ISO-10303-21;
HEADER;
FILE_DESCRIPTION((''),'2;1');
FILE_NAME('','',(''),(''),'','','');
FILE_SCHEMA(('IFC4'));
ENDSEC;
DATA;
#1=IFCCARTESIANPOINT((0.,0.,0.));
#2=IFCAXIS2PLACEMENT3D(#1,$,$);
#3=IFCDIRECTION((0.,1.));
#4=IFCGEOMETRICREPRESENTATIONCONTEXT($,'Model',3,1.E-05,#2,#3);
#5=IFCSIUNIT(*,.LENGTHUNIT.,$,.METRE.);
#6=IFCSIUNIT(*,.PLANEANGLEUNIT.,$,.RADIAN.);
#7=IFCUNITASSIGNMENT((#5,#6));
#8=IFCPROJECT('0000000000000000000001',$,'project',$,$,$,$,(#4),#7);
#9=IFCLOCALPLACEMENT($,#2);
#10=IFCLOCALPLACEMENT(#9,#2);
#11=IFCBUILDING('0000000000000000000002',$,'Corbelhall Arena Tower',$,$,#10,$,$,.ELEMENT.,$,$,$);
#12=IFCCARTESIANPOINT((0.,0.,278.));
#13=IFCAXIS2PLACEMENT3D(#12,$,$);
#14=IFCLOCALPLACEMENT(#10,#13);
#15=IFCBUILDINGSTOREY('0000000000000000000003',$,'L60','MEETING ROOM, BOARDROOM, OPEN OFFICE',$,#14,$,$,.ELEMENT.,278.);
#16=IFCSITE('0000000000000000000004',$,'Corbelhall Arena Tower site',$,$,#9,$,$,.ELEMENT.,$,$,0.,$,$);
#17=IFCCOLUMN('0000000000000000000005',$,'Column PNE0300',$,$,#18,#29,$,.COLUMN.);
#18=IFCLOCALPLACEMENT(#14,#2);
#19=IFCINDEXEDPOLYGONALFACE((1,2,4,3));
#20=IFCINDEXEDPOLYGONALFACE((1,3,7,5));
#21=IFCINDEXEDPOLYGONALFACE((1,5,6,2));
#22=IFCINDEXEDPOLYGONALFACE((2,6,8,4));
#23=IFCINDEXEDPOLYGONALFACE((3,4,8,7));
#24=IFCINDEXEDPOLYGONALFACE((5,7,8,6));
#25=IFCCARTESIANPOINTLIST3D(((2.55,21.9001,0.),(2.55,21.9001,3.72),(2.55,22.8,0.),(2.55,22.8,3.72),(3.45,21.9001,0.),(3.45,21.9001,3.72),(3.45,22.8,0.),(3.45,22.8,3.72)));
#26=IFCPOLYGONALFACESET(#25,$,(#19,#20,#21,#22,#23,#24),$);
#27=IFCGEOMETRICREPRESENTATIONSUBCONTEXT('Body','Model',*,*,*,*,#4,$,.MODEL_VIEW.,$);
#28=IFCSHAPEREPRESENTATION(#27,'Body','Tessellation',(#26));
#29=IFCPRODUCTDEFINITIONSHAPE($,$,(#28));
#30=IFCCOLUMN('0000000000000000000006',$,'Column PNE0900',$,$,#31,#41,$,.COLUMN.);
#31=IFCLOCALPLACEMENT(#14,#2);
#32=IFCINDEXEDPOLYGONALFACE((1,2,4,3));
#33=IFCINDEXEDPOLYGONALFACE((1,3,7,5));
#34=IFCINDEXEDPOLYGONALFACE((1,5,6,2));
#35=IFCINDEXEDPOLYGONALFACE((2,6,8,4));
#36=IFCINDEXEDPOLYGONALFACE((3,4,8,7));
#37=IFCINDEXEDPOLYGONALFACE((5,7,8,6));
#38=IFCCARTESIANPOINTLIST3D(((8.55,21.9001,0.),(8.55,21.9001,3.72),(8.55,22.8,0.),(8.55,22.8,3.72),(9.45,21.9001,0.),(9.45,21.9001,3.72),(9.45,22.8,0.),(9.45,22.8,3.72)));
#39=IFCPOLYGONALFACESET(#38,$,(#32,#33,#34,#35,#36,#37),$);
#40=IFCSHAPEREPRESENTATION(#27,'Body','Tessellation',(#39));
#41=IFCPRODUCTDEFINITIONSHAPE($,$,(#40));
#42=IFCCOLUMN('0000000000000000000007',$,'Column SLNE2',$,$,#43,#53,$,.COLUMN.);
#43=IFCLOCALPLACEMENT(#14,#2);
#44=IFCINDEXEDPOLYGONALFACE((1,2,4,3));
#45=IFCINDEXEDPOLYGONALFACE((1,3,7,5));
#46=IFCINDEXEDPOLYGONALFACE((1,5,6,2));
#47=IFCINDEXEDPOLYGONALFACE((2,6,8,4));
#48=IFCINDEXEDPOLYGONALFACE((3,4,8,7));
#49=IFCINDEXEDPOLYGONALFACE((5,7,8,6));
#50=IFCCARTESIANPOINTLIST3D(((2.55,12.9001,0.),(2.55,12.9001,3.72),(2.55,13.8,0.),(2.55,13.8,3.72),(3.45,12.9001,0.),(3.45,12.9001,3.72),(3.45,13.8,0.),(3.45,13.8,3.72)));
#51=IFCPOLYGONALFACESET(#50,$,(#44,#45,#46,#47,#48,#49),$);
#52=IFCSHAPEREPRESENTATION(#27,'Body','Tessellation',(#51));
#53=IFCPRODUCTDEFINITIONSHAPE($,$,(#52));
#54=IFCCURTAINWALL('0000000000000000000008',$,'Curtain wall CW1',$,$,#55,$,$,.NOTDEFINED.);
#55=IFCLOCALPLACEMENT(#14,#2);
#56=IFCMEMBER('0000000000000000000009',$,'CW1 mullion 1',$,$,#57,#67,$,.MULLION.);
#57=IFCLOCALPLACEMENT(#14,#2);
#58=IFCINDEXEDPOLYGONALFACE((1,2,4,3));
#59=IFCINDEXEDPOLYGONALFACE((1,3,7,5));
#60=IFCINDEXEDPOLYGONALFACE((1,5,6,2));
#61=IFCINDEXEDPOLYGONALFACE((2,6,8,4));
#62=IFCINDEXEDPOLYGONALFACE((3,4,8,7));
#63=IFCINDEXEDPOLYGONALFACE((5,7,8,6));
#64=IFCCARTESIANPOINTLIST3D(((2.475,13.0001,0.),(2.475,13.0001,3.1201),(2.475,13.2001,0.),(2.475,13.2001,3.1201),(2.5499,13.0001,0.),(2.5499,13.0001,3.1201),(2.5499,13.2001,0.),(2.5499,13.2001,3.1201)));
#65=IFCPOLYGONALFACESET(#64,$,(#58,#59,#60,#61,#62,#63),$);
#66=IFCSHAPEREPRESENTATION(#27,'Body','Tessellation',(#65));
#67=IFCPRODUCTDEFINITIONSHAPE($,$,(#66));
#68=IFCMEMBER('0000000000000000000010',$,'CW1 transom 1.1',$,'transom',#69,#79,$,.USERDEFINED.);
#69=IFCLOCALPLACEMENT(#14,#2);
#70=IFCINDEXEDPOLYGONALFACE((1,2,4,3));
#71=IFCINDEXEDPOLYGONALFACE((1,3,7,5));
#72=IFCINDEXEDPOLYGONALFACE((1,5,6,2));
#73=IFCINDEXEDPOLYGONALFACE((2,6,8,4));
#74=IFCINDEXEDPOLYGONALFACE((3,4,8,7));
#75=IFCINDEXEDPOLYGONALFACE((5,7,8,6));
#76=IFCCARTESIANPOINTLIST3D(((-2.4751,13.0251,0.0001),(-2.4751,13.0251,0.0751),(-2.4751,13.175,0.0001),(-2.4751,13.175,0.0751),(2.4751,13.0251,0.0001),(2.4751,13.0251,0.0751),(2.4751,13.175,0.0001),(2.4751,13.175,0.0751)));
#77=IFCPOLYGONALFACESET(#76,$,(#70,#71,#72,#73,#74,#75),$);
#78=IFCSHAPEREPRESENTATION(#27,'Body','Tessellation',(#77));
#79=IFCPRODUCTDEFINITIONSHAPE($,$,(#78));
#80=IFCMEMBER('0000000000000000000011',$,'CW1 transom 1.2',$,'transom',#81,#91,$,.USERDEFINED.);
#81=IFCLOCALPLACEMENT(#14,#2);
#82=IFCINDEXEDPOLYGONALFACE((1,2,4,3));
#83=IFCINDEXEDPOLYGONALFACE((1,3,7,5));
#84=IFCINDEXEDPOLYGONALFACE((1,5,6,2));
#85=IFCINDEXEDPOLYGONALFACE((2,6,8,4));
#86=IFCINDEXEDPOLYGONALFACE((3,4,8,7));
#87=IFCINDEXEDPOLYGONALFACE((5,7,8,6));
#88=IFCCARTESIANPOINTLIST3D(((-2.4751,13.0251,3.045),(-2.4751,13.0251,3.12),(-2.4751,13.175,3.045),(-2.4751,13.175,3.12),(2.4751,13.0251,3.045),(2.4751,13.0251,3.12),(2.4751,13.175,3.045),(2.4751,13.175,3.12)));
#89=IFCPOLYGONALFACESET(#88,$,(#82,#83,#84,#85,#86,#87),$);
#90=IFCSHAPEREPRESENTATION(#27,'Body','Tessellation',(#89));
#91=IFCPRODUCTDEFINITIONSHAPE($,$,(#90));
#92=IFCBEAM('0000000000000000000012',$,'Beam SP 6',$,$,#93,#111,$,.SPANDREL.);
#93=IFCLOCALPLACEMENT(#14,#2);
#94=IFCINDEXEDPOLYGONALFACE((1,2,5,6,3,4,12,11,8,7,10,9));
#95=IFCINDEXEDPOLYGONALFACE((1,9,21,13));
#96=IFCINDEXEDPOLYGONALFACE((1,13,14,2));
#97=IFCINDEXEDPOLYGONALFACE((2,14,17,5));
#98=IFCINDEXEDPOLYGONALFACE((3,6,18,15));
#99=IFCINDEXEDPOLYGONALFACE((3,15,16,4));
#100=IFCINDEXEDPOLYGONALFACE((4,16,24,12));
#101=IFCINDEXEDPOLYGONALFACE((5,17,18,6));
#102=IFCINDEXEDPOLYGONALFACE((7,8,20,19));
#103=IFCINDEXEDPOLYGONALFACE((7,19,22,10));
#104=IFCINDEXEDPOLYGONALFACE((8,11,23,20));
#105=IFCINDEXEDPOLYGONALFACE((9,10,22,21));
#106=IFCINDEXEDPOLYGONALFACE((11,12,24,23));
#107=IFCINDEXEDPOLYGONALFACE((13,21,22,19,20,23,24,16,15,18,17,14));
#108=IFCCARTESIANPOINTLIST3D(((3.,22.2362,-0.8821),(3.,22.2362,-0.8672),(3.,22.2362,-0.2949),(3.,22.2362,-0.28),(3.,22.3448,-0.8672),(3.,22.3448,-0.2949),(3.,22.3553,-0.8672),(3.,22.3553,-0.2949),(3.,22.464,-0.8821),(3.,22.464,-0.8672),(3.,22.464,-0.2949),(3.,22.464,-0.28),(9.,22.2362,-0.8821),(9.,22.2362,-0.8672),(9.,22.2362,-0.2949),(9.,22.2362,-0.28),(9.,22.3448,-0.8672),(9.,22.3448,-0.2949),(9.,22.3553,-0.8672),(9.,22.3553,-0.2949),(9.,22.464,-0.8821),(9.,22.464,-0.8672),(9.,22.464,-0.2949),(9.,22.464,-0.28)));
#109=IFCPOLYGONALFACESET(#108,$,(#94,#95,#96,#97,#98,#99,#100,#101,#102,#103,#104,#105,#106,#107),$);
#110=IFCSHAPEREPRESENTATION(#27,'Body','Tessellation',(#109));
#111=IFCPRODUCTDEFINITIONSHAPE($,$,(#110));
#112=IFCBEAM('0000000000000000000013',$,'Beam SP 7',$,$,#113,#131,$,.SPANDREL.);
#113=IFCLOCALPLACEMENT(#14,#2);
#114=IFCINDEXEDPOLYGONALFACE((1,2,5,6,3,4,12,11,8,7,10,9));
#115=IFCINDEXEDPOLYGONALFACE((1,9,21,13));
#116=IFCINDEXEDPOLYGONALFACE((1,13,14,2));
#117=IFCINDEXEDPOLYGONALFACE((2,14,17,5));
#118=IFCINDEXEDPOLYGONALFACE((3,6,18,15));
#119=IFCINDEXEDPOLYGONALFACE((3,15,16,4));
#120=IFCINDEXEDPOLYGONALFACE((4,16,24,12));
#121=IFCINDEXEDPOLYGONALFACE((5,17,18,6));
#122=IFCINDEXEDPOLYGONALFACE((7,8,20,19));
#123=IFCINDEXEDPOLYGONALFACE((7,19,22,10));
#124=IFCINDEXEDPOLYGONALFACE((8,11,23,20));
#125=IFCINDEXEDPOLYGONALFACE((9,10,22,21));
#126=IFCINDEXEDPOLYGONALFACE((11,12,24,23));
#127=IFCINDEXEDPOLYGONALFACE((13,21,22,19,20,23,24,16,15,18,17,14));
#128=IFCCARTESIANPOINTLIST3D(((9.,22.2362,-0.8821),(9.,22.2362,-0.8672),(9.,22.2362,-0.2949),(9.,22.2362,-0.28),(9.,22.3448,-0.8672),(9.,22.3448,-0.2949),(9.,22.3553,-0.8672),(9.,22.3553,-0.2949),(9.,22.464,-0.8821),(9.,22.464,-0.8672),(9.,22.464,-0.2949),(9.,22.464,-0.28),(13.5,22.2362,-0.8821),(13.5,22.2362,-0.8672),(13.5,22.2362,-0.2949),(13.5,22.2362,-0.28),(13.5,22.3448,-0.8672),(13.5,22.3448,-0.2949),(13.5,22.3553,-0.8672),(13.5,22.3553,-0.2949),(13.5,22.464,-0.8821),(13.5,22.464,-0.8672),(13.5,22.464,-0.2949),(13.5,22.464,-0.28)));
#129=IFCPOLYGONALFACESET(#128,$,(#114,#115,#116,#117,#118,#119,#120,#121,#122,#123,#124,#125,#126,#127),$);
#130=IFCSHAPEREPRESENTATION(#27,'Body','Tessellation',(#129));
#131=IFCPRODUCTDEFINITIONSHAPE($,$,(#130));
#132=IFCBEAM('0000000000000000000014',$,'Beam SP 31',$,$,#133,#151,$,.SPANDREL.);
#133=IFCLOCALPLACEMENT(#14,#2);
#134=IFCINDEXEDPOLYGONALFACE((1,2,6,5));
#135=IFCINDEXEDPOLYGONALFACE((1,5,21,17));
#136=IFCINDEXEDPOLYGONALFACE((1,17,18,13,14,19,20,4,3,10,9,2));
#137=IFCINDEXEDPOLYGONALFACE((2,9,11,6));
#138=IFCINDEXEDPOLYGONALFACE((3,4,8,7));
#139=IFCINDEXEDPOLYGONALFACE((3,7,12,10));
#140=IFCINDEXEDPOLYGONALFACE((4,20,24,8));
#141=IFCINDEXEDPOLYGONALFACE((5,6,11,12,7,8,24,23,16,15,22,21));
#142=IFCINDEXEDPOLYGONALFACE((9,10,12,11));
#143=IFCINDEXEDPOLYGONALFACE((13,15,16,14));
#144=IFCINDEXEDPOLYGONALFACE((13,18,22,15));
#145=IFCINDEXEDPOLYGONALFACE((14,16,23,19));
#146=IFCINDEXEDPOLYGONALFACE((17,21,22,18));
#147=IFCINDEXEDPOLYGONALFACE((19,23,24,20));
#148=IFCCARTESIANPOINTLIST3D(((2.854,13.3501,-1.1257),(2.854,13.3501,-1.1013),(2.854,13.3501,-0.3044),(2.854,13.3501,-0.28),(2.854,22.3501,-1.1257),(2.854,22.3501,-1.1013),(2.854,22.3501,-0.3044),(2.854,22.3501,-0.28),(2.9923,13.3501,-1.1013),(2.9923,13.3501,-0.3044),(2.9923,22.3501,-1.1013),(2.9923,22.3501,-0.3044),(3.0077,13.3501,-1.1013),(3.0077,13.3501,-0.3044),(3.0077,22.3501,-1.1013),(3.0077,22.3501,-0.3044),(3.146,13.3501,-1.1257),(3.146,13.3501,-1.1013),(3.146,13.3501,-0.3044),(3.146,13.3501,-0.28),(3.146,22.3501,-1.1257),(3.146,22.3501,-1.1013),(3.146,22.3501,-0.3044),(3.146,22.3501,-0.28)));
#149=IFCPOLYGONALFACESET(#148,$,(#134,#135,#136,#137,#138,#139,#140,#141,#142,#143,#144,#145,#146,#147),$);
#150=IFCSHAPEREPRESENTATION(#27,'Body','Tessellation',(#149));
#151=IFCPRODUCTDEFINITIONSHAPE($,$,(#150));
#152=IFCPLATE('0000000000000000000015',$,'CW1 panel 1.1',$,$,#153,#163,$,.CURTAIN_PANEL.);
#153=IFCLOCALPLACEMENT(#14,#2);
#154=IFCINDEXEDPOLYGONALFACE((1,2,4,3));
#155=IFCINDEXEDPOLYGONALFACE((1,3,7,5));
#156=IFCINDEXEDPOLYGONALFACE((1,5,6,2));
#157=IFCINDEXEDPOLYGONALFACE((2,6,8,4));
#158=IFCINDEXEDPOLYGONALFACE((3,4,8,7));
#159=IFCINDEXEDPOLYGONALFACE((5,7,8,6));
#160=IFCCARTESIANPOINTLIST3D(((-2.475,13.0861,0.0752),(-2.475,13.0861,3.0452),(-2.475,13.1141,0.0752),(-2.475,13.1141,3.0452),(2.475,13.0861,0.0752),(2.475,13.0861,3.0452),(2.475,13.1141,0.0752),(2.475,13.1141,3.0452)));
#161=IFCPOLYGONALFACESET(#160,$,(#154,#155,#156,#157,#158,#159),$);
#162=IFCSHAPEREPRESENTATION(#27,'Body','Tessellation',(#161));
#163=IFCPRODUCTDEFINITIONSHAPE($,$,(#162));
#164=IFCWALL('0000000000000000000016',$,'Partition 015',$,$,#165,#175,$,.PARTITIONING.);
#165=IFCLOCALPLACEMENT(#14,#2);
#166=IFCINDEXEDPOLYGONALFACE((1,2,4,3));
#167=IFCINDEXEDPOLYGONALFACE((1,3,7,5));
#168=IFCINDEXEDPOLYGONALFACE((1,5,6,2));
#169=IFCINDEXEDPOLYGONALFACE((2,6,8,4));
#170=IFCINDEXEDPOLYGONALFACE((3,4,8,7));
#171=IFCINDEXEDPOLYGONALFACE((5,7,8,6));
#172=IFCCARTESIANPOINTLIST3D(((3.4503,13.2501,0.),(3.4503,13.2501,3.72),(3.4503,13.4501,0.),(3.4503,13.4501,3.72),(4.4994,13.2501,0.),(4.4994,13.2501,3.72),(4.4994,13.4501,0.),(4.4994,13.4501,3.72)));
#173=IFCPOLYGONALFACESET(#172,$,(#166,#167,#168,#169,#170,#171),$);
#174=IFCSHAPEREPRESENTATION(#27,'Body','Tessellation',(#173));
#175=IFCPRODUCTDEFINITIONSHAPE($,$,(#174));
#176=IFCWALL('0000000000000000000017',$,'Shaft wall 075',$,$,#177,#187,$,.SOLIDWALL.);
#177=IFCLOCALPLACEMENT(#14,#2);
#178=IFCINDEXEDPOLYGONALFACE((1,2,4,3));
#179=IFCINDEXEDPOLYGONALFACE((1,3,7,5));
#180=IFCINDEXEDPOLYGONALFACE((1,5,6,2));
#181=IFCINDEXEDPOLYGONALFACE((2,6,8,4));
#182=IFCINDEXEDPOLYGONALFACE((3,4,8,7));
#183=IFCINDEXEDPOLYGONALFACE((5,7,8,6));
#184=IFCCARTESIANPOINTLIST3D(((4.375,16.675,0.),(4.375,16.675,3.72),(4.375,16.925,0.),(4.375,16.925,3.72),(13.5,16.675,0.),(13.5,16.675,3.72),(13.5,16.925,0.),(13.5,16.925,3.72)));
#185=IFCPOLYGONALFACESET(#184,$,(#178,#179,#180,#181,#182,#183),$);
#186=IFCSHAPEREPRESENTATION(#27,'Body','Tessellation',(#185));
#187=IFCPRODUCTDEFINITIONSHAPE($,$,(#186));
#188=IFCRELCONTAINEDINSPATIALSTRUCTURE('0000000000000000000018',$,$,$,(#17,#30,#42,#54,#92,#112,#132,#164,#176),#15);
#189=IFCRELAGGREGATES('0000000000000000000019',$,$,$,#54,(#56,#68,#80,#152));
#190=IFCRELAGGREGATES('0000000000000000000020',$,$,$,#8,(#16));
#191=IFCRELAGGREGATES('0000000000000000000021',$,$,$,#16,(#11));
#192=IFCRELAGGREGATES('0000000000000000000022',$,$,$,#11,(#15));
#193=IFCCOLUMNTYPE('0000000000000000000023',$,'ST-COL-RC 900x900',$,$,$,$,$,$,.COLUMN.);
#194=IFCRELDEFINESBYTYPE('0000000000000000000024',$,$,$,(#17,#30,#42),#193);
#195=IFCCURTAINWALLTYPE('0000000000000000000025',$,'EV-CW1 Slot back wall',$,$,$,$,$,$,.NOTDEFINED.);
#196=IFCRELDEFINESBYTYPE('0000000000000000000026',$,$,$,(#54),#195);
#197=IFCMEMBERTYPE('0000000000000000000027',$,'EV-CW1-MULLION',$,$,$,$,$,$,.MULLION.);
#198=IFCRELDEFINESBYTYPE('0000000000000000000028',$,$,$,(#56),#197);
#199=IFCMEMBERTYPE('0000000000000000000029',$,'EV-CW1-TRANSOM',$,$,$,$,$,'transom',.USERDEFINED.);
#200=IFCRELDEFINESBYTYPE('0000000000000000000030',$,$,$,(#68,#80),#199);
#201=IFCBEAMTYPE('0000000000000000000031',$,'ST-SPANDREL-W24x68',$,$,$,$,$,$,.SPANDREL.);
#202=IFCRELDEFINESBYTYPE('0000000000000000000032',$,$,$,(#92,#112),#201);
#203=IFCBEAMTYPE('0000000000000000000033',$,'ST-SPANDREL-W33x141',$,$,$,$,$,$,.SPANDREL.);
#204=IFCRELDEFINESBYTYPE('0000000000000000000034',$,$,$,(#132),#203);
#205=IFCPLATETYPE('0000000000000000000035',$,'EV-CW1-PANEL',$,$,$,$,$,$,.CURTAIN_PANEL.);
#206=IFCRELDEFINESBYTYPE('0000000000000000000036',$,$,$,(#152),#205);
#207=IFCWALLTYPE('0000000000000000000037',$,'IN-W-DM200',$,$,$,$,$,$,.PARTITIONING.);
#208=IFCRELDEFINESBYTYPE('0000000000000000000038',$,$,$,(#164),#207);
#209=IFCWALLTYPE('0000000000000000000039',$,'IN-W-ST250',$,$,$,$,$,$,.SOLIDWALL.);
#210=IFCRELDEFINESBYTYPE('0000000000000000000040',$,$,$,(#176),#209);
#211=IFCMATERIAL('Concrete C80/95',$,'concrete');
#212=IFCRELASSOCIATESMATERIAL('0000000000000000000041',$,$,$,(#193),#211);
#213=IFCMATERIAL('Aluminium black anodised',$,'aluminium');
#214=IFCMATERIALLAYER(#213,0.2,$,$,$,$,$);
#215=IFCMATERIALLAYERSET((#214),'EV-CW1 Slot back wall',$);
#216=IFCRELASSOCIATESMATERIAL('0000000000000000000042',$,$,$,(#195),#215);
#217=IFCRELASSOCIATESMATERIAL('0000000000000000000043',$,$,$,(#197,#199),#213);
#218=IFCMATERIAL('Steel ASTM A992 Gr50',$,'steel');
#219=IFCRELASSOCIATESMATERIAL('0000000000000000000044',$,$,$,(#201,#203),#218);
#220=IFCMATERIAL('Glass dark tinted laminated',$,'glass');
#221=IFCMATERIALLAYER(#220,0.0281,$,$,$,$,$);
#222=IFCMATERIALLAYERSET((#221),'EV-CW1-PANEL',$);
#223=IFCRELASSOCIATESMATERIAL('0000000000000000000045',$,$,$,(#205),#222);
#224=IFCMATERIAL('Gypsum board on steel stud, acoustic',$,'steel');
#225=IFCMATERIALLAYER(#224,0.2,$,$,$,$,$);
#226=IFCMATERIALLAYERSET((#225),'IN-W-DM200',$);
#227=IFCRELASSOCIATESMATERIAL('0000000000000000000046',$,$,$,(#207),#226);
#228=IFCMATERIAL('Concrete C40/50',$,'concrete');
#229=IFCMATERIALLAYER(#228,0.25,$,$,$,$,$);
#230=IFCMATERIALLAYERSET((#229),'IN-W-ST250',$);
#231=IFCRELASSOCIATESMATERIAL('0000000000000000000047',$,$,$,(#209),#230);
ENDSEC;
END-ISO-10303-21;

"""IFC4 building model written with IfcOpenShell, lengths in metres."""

from ifc_helpers import new_model, si_unit, direction, frame, frame_2d, origin, origin_2d, place, context, subcontext, project, spatial, rectangle, i_section, extrude, material, layer, layer_set, material_profile, profile_set, type_object, element, aggregate, save


model = new_model("IFC4")

# Units and contexts
model_context = context("Model", 3, precision=1e-05, world=origin(), true_north=direction((0.0, 1.0)))
body_context = subcontext(model_context, "Body", "Model", "MODEL_VIEW")
ifc_project = project(units=[si_unit("LENGTHUNIT", "METRE"), si_unit("PLANEANGLEUNIT", "RADIAN")], contexts=[model_context])

# Site, building, storey
site_placement = place(None, origin())
site = spatial("IfcSite", under=ifc_project, at=site_placement, Name="Corbelhall Arena Tower site", CompositionType="ELEMENT", RefElevation=0.0)
building_placement = place(site_placement, origin())
building = spatial("IfcBuilding", under=site, at=building_placement, Name="Corbelhall Arena Tower", CompositionType="ELEMENT")
storey_placement = place(building_placement, frame((0.0, 0.0, 278.0)))
storey = spatial("IfcBuildingStorey", under=building, at=storey_placement, Name="L60", Description="MEETING ROOM, BOARDROOM, OPEN OFFICE", CompositionType="ELEMENT", Elevation=278.0)

# Columns
ifc_material_1 = material(Name="Concrete C80/95", Category="concrete")
ifc_material_profile_1 = material_profile(ifc_material_1, rectangle(XDim=0.8999, YDim=0.8999, at=origin_2d()))
ifc_profile_set_1 = profile_set([ifc_material_profile_1], Name="Concrete C80/95")
column_type = type_object("IfcColumnType", Name="ST-COL-RC 900x900", PredefinedType="COLUMN", material=ifc_profile_set_1)
for number, where, z_axis, x_axis, name in (
    (1, (3.0, 22.3501, 0.0), (0.0, 0.0, 1.0), (1.0, 0.0, 0.0), "Column PNE0300"),
    (2, (9.0, 22.3501, 0.0), (0.0, 0.0, 1.0), (1.0, 0.0, 0.0), "Column PNE0900"),
    (3, (3.0, 13.3501, 0.0), (0.0, 0.0, 1.0), (1.0, 0.0, 0.0), "Column SLNE2"),
):
    element("IfcColumn", number, at=place(storey_placement, frame(where, z_axis=z_axis, x_axis=x_axis)), inside=storey, type_object=column_type, Name=name, PredefinedType="COLUMN", context=body_context, shape_type="SweptSolid", body=[
        extrude(rectangle(XDim=0.8999, YDim=0.8999, at=origin_2d()), origin(), (0.0, 0.0, 1.0), 3.72),
    ])

# Curtain wall, members
ifc_material_2 = material(Name="Aluminium black anodised", Category="aluminium")
ifc_layer_1 = layer(ifc_material_2, 0.2)
ifc_layer_set_1 = layer_set([ifc_layer_1], Name="EV-CW1 Slot back wall")
curtain_wall_type = type_object("IfcCurtainWallType", Name="EV-CW1 Slot back wall", PredefinedType="NOTDEFINED", material=ifc_layer_set_1)
curtain_wall_placement = place(storey_placement, origin())
curtain_wall = element("IfcCurtainWall", 4, at=curtain_wall_placement, inside=storey, type_object=curtain_wall_type, Name="Curtain wall CW1", PredefinedType="NOTDEFINED")
ifc_material_profile_2 = material_profile(ifc_material_2, rectangle(XDim=0.2, YDim=0.075, at=origin_2d()))
ifc_profile_set_2 = profile_set([ifc_material_profile_2], Name="Aluminium black anodised")
member_type_1 = type_object("IfcMemberType", Name="EV-CW1-MULLION", PredefinedType="MULLION", material=ifc_profile_set_2)
member_1_placement = place(storey_placement, frame((2.5125, 13.1001, 0.0), z_axis=(0.0, 0.0, 1.0), x_axis=(0.0, -1.0, 0.0)))
member_1 = element("IfcMember", 5, at=member_1_placement, type_object=member_type_1, Name="CW1 mullion 1", PredefinedType="MULLION", context=body_context, shape_type="SweptSolid", body=[
    extrude(rectangle(XDim=0.2, YDim=0.075, at=origin_2d()), origin(), (0.0, 0.0, 1.0), 3.1201),
])
ifc_material_profile_3 = material_profile(ifc_material_2, rectangle(XDim=0.1499, YDim=0.075, at=origin_2d()))
ifc_profile_set_3 = profile_set([ifc_material_profile_3], Name="Aluminium black anodised")
member_type_2 = type_object("IfcMemberType", Name="EV-CW1-TRANSOM", ElementType="transom", PredefinedType="USERDEFINED", material=ifc_profile_set_3)
member_2_placement = place(storey_placement, frame((2.4751, 13.1001, 0.0376), z_axis=(-1.0, 0.0, 0.0), x_axis=(0.0, -1.0, 0.0)))
member_2 = element("IfcMember", 6, at=member_2_placement, type_object=member_type_2, Name="CW1 transom 1.1", ObjectType="transom", PredefinedType="USERDEFINED", context=body_context, shape_type="SweptSolid", body=[
    extrude(rectangle(XDim=0.1499, YDim=0.075, at=origin_2d()), origin(), (0.0, 0.0, 1.0), 4.9502),
])
member_3_placement = place(storey_placement, frame((2.4751, 13.1001, 3.0825), z_axis=(-1.0, 0.0, 0.0), x_axis=(0.0, -1.0, 0.0)))
member_3 = element("IfcMember", 7, at=member_3_placement, type_object=member_type_2, Name="CW1 transom 1.2", ObjectType="transom", PredefinedType="USERDEFINED", context=body_context, shape_type="SweptSolid", body=[
    extrude(rectangle(XDim=0.1499, YDim=0.075, at=origin_2d()), origin(), (0.0, 0.0, 1.0), 4.9502),
])

# Beams
ifc_material_3 = material(Name="Steel ASTM A992 Gr50", Category="steel")
ifc_material_profile_4 = material_profile(ifc_material_3, i_section(OverallWidth=0.2278, OverallDepth=0.6021, WebThickness=0.0105, FlangeThickness=0.0149, at=origin_2d()))
ifc_profile_set_4 = profile_set([ifc_material_profile_4], Name="Steel ASTM A992 Gr50")
beam_type_1 = type_object("IfcBeamType", Name="ST-SPANDREL-W24x68", PredefinedType="SPANDREL", material=ifc_profile_set_4)
beam_1_placement = place(storey_placement, frame((3.0, 22.3501, -0.5811), z_axis=(1.0, 0.0, 0.0), x_axis=(0.0, 1.0, 0.0)))
element("IfcBeam", 8, at=beam_1_placement, inside=storey, type_object=beam_type_1, Name="Beam SP 6", PredefinedType="SPANDREL", context=body_context, shape_type="SweptSolid", body=[
    extrude(i_section(OverallWidth=0.2278, OverallDepth=0.6021, WebThickness=0.0105, FlangeThickness=0.0149, at=origin_2d()), origin(), (0.0, 0.0, 1.0), 6.0),
])
beam_2_placement = place(storey_placement, frame((9.0, 22.3501, -0.5811), z_axis=(1.0, 0.0, 0.0), x_axis=(0.0, 1.0, 0.0)))
element("IfcBeam", 9, at=beam_2_placement, inside=storey, type_object=beam_type_1, Name="Beam SP 7", PredefinedType="SPANDREL", context=body_context, shape_type="SweptSolid", body=[
    extrude(i_section(OverallWidth=0.2278, OverallDepth=0.6021, WebThickness=0.0105, FlangeThickness=0.0149, at=origin_2d()), origin(), (0.0, 0.0, 1.0), 4.5),
])
ifc_material_profile_5 = material_profile(ifc_material_3, i_section(OverallWidth=0.292, OverallDepth=0.8457, WebThickness=0.0154, FlangeThickness=0.0244, at=origin_2d()))
ifc_profile_set_5 = profile_set([ifc_material_profile_5], Name="Steel ASTM A992 Gr50")
beam_type_2 = type_object("IfcBeamType", Name="ST-SPANDREL-W33x141", PredefinedType="SPANDREL", material=ifc_profile_set_5)
beam_3_placement = place(storey_placement, frame((3.0, 13.3501, -0.7029), z_axis=(0.0, 1.0, 0.0), x_axis=(-1.0, 0.0, 0.0)))
element("IfcBeam", 10, at=beam_3_placement, inside=storey, type_object=beam_type_2, Name="Beam SP 31", PredefinedType="SPANDREL", context=body_context, shape_type="SweptSolid", body=[
    extrude(i_section(OverallWidth=0.292, OverallDepth=0.8457, WebThickness=0.0154, FlangeThickness=0.0244, at=origin_2d()), origin(), (0.0, 0.0, 1.0), 9.0),
])

# Plate
ifc_material_4 = material(Name="Glass dark tinted laminated", Category="glass")
ifc_layer_2 = layer(ifc_material_4, 0.0281)
ifc_layer_set_2 = layer_set([ifc_layer_2], Name="EV-CW1-PANEL")
plate_type = type_object("IfcPlateType", Name="EV-CW1-PANEL", PredefinedType="CURTAIN_PANEL", material=ifc_layer_set_2)
plate_placement = place(storey_placement, frame((0.0, 13.1001, 0.0752), z_axis=(0.0, 0.0, 1.0), x_axis=(-1.0, 0.0, 0.0)))
plate = element("IfcPlate", 11, at=plate_placement, type_object=plate_type, Name="CW1 panel 1.1", PredefinedType="CURTAIN_PANEL", context=body_context, shape_type="SweptSolid", body=[
    extrude(rectangle(XDim=4.95, YDim=0.0281, at=origin_2d()), origin(), (0.0, 0.0, 1.0), 2.97),
])
aggregate(curtain_wall, [member_1, member_2, member_3, plate])

# Walls
ifc_material_5 = material(Name="Gypsum board on steel stud, acoustic", Category="steel")
ifc_layer_3 = layer(ifc_material_5, 0.2)
ifc_layer_set_3 = layer_set([ifc_layer_3], Name="IN-W-DM200")
wall_type_1 = type_object("IfcWallType", Name="IN-W-DM200", PredefinedType="PARTITIONING", material=ifc_layer_set_3)
wall_1_placement = place(storey_placement, frame((3.4504, 13.3501, 0.0), z_axis=(0.0, 0.0, 1.0), x_axis=(1.0, 0.0, 0.0)))
element("IfcWall", 12, at=wall_1_placement, inside=storey, type_object=wall_type_1, Name="Partition 015", PredefinedType="PARTITIONING", context=body_context, shape_type="SweptSolid", body=[
    extrude(rectangle(XDim=1.0491, YDim=0.2, at=frame_2d((0.5244, 0.0))), origin(), (0.0, 0.0, 1.0), 3.72),
])
ifc_material_6 = material(Name="Concrete C40/50", Category="concrete")
ifc_layer_4 = layer(ifc_material_6, 0.25)
ifc_layer_set_4 = layer_set([ifc_layer_4], Name="IN-W-ST250")
wall_type_2 = type_object("IfcWallType", Name="IN-W-ST250", PredefinedType="SOLIDWALL", material=ifc_layer_set_4)
wall_2_placement = place(storey_placement, frame((4.375, 16.8, 0.0), z_axis=(0.0, 0.0, 1.0), x_axis=(1.0, 0.0, 0.0)))
element("IfcWall", 13, at=wall_2_placement, inside=storey, type_object=wall_type_2, Name="Shaft wall 075", PredefinedType="SOLIDWALL", context=body_context, shape_type="SweptSolid", body=[
    extrude(rectangle(XDim=9.125, YDim=0.25, at=frame_2d((4.5625, 0.0))), origin(), (0.0, 0.0, 1.0), 3.72),
])

save(model, "model.ifc")
